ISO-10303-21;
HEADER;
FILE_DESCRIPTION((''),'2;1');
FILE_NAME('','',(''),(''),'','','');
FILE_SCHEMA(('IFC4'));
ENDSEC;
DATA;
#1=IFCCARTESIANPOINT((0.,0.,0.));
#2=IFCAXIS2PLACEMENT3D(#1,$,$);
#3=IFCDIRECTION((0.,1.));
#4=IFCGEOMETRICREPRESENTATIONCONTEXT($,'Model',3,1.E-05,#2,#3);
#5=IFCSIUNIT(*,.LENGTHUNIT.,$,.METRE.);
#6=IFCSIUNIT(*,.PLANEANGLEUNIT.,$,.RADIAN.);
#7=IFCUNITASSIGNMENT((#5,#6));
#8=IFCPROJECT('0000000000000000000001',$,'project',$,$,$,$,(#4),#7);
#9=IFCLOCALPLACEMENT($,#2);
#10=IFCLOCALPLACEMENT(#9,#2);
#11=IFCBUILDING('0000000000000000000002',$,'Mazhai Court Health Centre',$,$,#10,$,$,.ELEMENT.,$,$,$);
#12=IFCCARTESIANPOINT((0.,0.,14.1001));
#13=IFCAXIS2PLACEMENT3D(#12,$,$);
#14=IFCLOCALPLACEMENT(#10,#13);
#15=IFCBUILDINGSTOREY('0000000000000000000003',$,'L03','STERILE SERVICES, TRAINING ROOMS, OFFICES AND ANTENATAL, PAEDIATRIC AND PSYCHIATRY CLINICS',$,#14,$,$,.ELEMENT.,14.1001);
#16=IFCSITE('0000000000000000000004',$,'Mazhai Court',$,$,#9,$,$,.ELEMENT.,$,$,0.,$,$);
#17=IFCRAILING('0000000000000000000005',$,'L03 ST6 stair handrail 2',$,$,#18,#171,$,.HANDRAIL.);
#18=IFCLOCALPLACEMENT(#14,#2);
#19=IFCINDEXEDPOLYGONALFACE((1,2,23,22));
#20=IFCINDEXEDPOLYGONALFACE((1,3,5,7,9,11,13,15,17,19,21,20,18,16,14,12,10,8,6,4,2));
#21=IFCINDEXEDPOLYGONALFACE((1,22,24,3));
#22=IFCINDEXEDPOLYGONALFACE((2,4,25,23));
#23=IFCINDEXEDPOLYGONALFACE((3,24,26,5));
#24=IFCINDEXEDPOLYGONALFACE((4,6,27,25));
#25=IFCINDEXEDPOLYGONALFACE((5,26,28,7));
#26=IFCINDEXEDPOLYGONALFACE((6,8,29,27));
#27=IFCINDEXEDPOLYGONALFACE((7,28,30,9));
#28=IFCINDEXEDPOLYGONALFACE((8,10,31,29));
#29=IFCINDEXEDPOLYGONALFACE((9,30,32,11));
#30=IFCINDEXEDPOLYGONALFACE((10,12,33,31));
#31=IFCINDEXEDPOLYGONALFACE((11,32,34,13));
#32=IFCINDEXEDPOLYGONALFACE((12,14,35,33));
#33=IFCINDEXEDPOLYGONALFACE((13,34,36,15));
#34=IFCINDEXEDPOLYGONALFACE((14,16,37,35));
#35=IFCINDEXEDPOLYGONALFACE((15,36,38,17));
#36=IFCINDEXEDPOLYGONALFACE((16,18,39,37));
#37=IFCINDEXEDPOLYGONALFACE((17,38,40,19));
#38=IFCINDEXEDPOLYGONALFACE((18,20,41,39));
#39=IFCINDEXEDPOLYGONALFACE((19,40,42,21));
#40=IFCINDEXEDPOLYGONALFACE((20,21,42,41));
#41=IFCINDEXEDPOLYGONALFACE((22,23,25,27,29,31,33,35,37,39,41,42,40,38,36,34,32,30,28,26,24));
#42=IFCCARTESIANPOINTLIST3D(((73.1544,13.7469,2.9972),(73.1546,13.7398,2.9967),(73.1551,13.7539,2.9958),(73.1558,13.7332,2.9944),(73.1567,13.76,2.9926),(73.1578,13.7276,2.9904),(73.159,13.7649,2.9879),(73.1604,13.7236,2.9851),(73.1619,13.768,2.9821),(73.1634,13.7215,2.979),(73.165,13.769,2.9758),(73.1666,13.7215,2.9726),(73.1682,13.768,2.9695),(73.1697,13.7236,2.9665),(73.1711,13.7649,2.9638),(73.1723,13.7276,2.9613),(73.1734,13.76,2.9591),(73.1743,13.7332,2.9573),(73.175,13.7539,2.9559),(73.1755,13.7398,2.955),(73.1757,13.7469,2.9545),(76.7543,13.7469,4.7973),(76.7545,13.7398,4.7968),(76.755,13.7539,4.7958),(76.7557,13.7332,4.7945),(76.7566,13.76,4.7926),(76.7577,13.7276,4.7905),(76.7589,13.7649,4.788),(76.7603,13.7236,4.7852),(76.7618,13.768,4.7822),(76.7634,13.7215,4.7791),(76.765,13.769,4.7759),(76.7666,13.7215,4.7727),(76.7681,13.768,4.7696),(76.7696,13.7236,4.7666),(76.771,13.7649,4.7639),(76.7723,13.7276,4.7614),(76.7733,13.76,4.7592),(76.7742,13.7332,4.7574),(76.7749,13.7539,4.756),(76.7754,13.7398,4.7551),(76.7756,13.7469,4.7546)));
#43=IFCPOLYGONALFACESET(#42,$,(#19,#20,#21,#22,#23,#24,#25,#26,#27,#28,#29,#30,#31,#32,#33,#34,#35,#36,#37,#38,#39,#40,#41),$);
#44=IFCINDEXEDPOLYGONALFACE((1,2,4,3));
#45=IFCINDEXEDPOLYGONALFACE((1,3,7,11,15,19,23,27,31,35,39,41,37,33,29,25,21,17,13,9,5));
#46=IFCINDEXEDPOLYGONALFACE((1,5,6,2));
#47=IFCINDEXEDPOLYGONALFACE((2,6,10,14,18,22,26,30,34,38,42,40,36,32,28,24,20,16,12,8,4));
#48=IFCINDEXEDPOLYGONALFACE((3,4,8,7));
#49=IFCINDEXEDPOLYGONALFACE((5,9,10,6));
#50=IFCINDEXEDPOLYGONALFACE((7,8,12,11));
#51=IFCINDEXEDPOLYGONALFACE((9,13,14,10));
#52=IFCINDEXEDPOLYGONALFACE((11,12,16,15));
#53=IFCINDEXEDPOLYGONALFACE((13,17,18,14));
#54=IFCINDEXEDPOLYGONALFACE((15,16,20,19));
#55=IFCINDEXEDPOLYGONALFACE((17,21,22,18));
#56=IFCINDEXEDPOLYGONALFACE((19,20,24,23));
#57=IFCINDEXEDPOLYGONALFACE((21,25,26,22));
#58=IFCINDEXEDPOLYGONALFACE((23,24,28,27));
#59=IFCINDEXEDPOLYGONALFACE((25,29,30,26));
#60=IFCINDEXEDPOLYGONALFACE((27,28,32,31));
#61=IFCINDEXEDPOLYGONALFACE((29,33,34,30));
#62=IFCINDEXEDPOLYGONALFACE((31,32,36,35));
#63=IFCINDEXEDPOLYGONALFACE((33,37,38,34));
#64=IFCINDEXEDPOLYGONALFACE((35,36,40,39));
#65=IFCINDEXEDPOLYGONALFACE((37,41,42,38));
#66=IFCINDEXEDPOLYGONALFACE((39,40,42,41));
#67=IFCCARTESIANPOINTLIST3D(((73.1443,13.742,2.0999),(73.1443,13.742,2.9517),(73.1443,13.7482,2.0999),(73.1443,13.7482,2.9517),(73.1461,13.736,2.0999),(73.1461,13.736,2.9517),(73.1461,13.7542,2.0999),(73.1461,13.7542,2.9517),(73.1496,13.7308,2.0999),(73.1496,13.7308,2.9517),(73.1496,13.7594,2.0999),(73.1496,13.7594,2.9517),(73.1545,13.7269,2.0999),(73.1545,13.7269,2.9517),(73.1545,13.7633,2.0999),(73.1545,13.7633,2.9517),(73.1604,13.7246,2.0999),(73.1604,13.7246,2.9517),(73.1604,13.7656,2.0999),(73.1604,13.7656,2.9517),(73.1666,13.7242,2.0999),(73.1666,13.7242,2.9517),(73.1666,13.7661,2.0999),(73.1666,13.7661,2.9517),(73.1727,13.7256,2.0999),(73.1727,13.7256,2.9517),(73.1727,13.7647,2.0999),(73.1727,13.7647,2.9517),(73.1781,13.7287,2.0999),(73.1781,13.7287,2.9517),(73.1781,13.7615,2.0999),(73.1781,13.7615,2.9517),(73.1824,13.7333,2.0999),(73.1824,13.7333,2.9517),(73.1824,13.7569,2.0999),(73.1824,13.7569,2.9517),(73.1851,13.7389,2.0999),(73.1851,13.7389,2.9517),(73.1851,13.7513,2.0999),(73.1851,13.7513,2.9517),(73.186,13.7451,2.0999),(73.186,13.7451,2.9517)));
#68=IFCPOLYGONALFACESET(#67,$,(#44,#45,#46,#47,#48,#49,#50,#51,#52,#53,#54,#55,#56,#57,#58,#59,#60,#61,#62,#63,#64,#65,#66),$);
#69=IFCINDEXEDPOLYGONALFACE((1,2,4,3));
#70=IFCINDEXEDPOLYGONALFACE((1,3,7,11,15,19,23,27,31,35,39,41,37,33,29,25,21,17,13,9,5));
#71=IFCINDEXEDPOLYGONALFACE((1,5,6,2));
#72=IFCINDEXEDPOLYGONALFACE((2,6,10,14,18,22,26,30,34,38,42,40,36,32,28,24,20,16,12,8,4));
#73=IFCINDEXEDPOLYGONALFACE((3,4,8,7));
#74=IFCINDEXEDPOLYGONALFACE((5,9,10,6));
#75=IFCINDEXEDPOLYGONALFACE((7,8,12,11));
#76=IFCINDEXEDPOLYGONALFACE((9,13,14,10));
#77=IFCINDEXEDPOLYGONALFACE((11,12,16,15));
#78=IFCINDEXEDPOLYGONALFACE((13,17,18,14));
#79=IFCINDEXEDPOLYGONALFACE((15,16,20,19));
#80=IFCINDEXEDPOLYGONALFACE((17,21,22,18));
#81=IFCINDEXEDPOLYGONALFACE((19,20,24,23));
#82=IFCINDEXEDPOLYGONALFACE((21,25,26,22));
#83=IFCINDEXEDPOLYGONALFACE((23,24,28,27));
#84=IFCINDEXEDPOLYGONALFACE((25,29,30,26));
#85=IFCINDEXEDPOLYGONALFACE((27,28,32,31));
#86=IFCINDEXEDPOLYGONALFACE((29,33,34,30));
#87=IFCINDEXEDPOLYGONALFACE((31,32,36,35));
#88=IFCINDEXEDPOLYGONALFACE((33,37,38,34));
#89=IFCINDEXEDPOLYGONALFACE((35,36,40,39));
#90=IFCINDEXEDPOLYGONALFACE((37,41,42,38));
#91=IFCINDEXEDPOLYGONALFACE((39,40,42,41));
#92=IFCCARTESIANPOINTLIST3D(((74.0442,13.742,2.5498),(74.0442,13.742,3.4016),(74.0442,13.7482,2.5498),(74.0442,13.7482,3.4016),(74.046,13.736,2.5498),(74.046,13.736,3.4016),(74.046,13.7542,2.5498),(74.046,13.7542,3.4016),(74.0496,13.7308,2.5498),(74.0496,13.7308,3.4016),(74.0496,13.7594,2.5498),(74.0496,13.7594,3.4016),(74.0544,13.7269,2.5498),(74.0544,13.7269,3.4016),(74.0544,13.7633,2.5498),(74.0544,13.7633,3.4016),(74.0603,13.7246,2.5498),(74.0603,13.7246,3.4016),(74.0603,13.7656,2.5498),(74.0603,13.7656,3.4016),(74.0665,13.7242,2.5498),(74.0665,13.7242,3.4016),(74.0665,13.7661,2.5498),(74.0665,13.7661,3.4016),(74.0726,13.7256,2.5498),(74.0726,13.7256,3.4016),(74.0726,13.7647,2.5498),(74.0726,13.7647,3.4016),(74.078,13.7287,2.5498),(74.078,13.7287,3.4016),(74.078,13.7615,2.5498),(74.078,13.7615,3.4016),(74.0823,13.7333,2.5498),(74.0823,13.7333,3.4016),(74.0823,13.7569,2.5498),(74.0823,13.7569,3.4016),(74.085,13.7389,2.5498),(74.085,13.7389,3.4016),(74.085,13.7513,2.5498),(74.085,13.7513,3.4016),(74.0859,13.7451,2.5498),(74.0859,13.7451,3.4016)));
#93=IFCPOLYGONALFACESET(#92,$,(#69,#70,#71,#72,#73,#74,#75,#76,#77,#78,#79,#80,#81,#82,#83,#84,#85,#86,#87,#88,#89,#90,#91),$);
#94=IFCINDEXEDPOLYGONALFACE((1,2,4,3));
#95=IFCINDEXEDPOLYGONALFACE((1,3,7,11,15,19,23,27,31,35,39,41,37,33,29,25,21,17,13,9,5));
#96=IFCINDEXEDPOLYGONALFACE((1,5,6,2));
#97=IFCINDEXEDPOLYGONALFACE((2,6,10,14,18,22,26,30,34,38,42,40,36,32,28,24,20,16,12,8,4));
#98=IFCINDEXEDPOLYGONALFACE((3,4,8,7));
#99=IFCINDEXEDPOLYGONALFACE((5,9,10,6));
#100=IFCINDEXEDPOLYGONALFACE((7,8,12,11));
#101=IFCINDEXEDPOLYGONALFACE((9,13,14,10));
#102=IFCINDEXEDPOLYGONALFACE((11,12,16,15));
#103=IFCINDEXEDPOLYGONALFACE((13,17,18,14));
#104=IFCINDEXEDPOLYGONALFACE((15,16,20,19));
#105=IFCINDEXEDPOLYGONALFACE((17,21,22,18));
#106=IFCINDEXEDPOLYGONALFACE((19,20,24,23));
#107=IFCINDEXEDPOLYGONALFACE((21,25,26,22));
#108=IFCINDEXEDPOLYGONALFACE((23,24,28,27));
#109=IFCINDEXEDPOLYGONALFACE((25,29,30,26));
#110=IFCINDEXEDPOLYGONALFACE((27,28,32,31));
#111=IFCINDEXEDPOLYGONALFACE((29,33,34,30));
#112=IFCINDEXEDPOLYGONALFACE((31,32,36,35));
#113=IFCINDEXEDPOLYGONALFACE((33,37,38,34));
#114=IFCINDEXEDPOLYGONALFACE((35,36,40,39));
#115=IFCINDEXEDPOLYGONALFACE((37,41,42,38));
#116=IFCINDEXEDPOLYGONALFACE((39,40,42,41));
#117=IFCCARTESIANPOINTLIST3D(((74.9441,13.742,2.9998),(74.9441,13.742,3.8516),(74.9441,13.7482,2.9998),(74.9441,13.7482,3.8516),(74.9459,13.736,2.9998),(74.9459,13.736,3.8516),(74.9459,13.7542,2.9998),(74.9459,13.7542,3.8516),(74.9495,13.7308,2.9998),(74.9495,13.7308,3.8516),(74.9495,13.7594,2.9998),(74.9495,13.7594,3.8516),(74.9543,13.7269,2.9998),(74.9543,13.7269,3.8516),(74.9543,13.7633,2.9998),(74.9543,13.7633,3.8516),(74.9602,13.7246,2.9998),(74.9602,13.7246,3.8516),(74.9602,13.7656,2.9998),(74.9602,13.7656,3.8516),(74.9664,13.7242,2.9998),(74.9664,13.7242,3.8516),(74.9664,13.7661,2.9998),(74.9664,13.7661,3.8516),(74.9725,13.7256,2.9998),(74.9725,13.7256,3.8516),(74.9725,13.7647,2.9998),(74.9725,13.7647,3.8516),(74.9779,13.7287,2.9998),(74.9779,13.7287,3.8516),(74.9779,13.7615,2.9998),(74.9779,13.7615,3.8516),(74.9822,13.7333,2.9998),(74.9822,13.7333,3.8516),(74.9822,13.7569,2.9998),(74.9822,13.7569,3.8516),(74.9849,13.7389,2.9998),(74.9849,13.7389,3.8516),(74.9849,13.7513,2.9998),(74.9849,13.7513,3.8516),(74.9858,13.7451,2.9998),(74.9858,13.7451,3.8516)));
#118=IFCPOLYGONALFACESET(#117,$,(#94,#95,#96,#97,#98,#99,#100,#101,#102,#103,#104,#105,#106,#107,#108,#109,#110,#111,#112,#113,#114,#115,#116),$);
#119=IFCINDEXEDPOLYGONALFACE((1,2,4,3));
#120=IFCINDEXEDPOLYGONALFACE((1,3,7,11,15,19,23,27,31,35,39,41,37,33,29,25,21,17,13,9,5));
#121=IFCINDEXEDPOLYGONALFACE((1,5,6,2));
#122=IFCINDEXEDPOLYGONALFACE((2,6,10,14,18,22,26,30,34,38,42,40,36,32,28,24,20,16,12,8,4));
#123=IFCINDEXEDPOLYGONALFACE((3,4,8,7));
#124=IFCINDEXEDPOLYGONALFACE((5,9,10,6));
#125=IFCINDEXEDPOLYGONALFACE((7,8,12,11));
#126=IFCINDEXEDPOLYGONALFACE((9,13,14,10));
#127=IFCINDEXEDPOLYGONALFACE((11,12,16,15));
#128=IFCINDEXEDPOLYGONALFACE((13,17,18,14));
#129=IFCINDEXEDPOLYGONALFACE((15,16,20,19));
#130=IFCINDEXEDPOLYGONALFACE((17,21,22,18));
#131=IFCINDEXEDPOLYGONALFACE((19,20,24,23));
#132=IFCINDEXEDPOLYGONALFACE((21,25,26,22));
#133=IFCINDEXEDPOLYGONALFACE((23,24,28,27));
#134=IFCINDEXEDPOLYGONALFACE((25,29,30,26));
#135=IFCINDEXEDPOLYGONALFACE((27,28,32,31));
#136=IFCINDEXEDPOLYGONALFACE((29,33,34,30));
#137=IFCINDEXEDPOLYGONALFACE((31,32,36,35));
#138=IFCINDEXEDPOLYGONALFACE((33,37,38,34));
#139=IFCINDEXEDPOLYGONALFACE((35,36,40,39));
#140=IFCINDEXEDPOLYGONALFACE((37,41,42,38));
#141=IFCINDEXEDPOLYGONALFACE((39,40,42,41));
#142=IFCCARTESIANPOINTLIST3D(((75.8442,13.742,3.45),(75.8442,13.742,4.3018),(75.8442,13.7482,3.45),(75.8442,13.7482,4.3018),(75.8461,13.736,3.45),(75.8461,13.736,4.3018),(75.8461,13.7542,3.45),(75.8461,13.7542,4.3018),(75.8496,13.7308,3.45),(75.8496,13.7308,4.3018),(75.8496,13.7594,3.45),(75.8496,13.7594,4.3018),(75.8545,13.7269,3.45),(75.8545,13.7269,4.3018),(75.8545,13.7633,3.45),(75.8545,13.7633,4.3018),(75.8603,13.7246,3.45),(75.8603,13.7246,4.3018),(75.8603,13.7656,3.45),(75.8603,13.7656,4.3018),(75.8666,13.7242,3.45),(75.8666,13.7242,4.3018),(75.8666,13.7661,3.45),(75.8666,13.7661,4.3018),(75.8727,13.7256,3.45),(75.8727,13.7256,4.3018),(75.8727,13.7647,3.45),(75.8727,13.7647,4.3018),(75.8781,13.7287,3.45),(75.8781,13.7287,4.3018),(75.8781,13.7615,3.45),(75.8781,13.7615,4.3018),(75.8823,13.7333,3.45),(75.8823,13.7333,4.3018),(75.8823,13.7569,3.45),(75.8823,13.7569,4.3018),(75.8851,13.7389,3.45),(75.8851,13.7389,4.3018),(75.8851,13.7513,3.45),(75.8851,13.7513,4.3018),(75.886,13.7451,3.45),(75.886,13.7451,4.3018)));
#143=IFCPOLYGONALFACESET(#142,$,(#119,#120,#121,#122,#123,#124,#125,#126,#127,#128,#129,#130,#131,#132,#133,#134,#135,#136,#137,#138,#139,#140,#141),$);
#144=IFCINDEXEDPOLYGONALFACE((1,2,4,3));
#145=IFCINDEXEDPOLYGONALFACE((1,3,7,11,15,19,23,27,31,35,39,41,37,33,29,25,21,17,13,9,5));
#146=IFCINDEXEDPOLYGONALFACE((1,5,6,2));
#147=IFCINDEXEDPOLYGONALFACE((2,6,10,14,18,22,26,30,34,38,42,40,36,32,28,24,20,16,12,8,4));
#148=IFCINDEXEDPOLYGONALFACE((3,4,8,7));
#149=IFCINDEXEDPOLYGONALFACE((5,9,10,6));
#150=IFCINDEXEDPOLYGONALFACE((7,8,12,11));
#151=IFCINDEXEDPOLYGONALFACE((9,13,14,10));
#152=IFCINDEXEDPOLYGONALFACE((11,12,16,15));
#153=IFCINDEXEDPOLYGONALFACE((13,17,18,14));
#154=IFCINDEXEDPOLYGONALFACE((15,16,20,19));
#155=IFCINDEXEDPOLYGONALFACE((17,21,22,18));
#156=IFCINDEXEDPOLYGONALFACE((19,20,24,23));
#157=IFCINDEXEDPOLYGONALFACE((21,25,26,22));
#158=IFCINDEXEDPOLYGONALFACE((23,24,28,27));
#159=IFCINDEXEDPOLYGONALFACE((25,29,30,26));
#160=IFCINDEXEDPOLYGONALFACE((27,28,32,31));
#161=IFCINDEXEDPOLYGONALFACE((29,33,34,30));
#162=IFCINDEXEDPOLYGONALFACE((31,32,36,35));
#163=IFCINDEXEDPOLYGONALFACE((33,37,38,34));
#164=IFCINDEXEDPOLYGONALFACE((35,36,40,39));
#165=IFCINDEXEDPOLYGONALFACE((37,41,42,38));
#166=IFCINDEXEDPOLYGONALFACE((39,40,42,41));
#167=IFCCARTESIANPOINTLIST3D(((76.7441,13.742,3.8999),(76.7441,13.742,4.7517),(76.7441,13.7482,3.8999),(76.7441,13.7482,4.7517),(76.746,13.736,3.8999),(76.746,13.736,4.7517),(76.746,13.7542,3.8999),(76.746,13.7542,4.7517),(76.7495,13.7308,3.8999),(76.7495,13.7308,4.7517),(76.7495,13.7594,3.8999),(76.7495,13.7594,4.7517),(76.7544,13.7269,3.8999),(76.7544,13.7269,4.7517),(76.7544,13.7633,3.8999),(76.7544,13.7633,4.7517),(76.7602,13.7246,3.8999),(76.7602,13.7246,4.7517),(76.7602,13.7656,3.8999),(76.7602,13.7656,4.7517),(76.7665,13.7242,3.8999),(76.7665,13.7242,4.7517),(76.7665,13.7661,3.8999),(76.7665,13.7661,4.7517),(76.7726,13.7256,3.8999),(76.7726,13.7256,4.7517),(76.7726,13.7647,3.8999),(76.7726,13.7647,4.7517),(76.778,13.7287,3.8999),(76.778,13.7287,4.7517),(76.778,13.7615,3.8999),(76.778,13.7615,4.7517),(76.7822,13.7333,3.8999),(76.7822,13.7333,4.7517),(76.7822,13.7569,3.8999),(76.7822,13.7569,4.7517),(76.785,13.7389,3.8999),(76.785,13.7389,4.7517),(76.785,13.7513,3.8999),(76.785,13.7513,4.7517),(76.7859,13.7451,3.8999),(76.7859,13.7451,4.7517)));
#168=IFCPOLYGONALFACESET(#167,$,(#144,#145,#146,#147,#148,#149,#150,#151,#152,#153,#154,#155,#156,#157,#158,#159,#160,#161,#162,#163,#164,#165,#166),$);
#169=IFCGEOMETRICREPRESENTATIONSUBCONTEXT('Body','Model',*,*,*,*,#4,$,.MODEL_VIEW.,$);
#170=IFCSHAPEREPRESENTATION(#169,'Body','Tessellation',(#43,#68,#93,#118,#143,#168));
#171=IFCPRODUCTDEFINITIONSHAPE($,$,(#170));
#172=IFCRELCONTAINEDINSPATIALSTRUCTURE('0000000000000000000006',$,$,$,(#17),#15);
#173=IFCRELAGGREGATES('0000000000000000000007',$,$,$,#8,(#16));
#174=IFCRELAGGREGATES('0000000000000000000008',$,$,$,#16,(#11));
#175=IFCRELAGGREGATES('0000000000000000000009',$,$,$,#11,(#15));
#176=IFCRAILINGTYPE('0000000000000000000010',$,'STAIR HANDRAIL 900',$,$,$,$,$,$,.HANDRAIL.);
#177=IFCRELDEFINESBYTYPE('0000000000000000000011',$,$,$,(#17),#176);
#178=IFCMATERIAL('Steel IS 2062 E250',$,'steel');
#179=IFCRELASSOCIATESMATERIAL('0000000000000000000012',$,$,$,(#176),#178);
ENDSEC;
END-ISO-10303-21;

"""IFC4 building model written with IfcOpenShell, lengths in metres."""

from ifc_helpers import new_model, si_unit, direction, frame, origin, origin_2d, place, context, subcontext, project, spatial, circle, extrude, material, type_object, element, save


model = new_model("IFC4")

# Units and contexts
model_context = context("Model", 3, precision=1e-05, world=origin(), true_north=direction((0.0, 1.0)))
body_context = subcontext(model_context, "Body", "Model", "MODEL_VIEW")
ifc_project = project(units=[si_unit("LENGTHUNIT", "METRE"), si_unit("PLANEANGLEUNIT", "RADIAN")], contexts=[model_context])

# Site, building, storey
site_placement = place(None, origin())
site = spatial("IfcSite", under=ifc_project, at=site_placement, Name="Mazhai Court", CompositionType="ELEMENT", RefElevation=0.0)
building_placement = place(site_placement, origin())
building = spatial("IfcBuilding", under=site, at=building_placement, Name="Mazhai Court Health Centre", CompositionType="ELEMENT")
storey_placement = place(building_placement, frame((0.0, 0.0, 14.1001)))
storey = spatial("IfcBuildingStorey", under=building, at=storey_placement, Name="L03", Description="STERILE SERVICES, TRAINING ROOMS, OFFICES AND ANTENATAL, PAEDIATRIC AND PSYCHIATRY CLINICS", CompositionType="ELEMENT", Elevation=14.1001)

# Railing
ifc_material_1 = material(Name="Steel IS 2062 E250", Category="steel")
railing_type_1 = type_object("IfcRailingType", Name="STAIR HANDRAIL 900", PredefinedType="HANDRAIL", material=ifc_material_1)
railing_1_placement = place(storey_placement, frame((73.165, 13.7451, 2.0999)))
element("IfcRailing", 1, at=railing_1_placement, inside=storey, type_object=railing_type_1, Name="L03 ST6 stair handrail 2", PredefinedType="HANDRAIL", context=body_context, shape_type="SweptSolid", body=[
    extrude(circle(Radius=0.0239, at=origin_2d()), frame((0.0, 0.0, 0.876), z_axis=(0.894415, 0.0, 0.447238), x_axis=(0.0, 1.0, 0.0)), (0.0, 0.0, 1.0), 4.0249),
    extrude(circle(Radius=0.021, at=origin_2d()), origin(), (0.0, 0.0, 1.0), 0.8518),
    extrude(circle(Radius=0.021, at=origin_2d()), frame((0.8999, 0.0, 0.45)), (0.0, 0.0, 1.0), 0.8518),
    extrude(circle(Radius=0.021, at=origin_2d()), frame((1.7998, 0.0, 0.8999)), (0.0, 0.0, 1.0), 0.8518),
    extrude(circle(Radius=0.021, at=origin_2d()), frame((2.7, 0.0, 1.3501)), (0.0, 0.0, 1.0), 0.8518),
    extrude(circle(Radius=0.021, at=origin_2d()), frame((3.5999, 0.0, 1.8)), (0.0, 0.0, 1.0), 0.8518),
])

save(model, "model.ifc")
